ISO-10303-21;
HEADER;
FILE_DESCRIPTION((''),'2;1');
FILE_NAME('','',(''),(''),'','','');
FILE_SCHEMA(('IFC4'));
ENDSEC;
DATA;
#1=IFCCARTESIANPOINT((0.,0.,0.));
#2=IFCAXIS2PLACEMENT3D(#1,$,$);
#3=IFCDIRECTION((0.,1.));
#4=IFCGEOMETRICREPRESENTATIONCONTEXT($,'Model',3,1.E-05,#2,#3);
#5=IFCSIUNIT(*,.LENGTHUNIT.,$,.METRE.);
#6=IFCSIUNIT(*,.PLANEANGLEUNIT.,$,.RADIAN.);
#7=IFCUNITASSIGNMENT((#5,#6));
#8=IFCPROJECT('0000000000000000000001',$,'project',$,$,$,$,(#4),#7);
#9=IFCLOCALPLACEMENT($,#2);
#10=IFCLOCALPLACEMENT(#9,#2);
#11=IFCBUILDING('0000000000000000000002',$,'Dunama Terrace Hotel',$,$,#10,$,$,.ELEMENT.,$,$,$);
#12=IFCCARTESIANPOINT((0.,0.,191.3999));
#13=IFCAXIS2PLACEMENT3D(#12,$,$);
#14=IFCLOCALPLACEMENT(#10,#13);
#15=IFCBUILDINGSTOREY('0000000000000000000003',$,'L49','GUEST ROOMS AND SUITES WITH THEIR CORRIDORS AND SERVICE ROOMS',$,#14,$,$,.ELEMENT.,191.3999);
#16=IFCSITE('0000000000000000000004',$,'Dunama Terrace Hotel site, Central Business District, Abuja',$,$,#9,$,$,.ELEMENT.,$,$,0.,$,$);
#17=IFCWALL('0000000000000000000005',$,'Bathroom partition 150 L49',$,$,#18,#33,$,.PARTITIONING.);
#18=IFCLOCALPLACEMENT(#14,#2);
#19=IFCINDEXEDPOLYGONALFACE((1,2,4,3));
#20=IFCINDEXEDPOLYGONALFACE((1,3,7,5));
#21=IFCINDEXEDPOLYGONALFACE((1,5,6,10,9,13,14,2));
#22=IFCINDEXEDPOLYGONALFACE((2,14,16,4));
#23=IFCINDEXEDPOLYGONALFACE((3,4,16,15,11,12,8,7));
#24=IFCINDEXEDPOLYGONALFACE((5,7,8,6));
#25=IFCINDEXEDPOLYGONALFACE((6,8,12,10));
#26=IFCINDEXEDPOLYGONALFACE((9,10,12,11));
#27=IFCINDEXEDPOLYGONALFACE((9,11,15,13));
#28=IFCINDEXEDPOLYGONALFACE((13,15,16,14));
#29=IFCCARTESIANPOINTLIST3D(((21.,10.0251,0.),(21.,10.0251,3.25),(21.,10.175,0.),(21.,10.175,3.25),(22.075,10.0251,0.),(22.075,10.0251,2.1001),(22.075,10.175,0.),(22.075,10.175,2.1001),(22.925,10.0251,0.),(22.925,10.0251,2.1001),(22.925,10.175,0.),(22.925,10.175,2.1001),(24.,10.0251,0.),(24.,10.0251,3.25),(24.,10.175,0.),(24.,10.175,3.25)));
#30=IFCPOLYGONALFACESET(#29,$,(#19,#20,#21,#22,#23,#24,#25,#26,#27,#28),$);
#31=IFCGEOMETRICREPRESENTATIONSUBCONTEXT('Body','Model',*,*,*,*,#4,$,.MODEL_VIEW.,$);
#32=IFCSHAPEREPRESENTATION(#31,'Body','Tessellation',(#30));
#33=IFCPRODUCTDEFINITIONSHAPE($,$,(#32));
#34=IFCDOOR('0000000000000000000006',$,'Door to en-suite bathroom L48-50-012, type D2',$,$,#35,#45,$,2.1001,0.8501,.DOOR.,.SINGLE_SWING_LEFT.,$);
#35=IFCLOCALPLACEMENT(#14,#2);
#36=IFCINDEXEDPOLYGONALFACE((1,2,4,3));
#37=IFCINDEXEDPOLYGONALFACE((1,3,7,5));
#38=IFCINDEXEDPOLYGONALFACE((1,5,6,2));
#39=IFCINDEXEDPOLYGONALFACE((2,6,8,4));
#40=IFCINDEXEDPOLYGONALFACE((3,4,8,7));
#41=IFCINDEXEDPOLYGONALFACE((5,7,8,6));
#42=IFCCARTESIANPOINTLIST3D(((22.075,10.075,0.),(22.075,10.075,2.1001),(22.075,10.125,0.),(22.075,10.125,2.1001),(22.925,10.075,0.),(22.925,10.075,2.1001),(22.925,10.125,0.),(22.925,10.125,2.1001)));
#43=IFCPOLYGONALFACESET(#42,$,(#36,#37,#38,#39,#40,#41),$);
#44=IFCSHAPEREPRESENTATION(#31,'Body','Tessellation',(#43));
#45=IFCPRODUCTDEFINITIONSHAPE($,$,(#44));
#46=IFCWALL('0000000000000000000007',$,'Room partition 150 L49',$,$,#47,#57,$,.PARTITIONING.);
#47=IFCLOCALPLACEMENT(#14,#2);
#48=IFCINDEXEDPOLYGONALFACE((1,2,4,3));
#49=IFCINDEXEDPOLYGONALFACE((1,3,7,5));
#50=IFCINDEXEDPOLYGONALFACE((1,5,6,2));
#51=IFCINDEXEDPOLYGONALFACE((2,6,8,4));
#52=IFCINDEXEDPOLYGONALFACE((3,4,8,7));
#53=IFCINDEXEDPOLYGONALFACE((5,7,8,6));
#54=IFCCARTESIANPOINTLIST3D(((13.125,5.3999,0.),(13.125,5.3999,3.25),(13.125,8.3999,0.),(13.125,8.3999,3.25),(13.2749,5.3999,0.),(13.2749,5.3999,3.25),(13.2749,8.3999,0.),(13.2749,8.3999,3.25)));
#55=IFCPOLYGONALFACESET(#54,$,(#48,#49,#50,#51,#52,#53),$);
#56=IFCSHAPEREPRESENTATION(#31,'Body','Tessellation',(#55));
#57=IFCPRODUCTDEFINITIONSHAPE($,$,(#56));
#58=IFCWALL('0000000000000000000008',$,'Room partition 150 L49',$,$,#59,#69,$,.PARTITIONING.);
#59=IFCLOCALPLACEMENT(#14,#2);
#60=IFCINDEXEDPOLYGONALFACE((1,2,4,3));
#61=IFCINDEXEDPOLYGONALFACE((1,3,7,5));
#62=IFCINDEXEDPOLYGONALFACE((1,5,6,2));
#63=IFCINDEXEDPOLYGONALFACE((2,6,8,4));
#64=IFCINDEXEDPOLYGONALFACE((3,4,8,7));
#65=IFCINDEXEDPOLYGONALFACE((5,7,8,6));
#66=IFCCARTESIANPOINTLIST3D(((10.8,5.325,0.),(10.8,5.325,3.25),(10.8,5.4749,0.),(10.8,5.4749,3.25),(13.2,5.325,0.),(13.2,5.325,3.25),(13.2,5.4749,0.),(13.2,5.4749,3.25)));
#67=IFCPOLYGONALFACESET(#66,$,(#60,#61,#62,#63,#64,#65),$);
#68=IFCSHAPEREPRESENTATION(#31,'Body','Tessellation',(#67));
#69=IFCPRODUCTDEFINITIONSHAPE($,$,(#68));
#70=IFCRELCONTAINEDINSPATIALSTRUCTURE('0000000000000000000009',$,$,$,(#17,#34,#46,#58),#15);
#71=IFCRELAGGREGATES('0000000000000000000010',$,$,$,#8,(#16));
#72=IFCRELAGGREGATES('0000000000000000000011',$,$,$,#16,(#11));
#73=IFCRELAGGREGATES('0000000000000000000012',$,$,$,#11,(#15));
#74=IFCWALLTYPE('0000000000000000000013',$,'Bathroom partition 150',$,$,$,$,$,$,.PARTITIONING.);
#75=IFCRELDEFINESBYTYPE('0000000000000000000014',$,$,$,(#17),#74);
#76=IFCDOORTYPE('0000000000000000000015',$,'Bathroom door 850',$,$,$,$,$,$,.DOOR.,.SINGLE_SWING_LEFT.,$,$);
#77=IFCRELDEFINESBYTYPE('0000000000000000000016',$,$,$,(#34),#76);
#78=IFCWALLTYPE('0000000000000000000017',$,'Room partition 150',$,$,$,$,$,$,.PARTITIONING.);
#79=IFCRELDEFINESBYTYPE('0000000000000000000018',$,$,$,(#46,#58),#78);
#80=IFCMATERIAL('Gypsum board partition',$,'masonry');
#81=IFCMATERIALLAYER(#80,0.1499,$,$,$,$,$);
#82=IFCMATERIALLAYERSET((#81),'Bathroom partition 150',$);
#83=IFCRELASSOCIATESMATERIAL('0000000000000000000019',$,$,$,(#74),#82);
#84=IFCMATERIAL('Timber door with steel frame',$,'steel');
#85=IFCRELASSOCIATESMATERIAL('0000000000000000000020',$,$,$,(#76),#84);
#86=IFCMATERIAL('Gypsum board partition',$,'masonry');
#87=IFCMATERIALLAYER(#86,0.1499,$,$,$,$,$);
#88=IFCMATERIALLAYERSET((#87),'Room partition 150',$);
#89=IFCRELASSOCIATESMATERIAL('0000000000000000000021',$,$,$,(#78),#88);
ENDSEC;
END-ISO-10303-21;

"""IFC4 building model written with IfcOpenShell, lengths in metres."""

from ifc_helpers import new_model, si_unit, direction, frame, frame_2d, origin, place, context, subcontext, project, spatial, rectangle, extrude, material, layer, layer_set, type_object, element, fill, save


model = new_model("IFC4")

# Units and contexts
model_context = context("Model", 3, precision=1e-05, world=origin(), true_north=direction((0.0, 1.0)))
body_context = subcontext(model_context, "Body", "Model", "MODEL_VIEW")
ifc_project = project(units=[si_unit("LENGTHUNIT", "METRE"), si_unit("PLANEANGLEUNIT", "RADIAN")], contexts=[model_context])

# Site, building, storey
site_placement = place(None, origin())
site = spatial("IfcSite", under=ifc_project, at=site_placement, Name="Dunama Terrace Hotel site, Central Business District, Abuja", CompositionType="ELEMENT", RefElevation=0.0)
building_placement = place(site_placement, origin())
building = spatial("IfcBuilding", under=site, at=building_placement, Name="Dunama Terrace Hotel", CompositionType="ELEMENT")
storey_placement = place(building_placement, frame((0.0, 0.0, 191.3999)))
storey = spatial("IfcBuildingStorey", under=building, at=storey_placement, Name="L49", Description="GUEST ROOMS AND SUITES WITH THEIR CORRIDORS AND SERVICE ROOMS", CompositionType="ELEMENT", Elevation=191.3999)

# Shared definitions
ifc_material_1 = material(Name="Gypsum board partition", Category="masonry")
ifc_layer_1 = layer(ifc_material_1, 0.1499)
ifc_layer_set_1 = layer_set([ifc_layer_1], Name="Bathroom partition 150")
wall_type_1 = type_object("IfcWallType", Name="Bathroom partition 150", PredefinedType="PARTITIONING", material=ifc_layer_set_1)
ifc_material_2 = material(Name="Timber door with steel frame", Category="steel")
door_type = type_object("IfcDoorType", Name="Bathroom door 850", OperationType="SINGLE_SWING_LEFT", PredefinedType="DOOR", material=ifc_material_2)

# Wall, opening, door
wall_1_placement = place(storey_placement, frame((21.0, 10.1001, 0.0), z_axis=(0.0, 0.0, 1.0), x_axis=(1.0, 0.0, 0.0)))
wall_1 = element("IfcWall", 1, at=wall_1_placement, inside=storey, type_object=wall_type_1, Name="Bathroom partition 150 L49", PredefinedType="PARTITIONING", context=body_context, shape_type="SweptSolid", body=[
    extrude(rectangle(XDim=3.0, YDim=0.1499, at=frame_2d((1.5, 0.0))), origin(), (0.0, 0.0, 1.0), 3.25),
])
opening_1_placement = place(wall_1_placement, frame((1.075, 0.0, 0.0)))
opening_1 = element("IfcOpeningElement", 2, at=opening_1_placement, cuts=wall_1, PredefinedType="OPENING", context=body_context, shape_type="SweptSolid", body=[
    extrude(rectangle(XDim=0.8501, YDim=2.1001, at=frame_2d((0.425, 1.05))), frame((0.0, 0.085, 0.0), z_axis=(0.0, -1.0, 0.0), x_axis=(1.0, 0.0, 0.0)), (0.0, 0.0, 1.0), 0.1699),
])
door_1_placement = place(opening_1_placement, origin())
door_1 = element("IfcDoor", 3, at=door_1_placement, inside=storey, type_object=door_type, Name="Door to en-suite bathroom L48-50-012, type D2", OperationType="SINGLE_SWING_LEFT", OverallHeight=2.1001, OverallWidth=0.8501, PredefinedType="DOOR", context=body_context, shape_type="SweptSolid", body=[
    extrude(rectangle(XDim=0.8501, YDim=2.1001, at=frame_2d((0.425, 1.05))), frame((0.0, 0.0249, 0.0), z_axis=(0.0, -1.0, 0.0), x_axis=(1.0, 0.0, 0.0)), (0.0, 0.0, 1.0), 0.05),
])
fill(opening_1, door_1)

# Walls
ifc_material_3 = material(Name="Gypsum board partition", Category="masonry")
ifc_layer_2 = layer(ifc_material_3, 0.1499)
ifc_layer_set_2 = layer_set([ifc_layer_2], Name="Room partition 150")
wall_type_2 = type_object("IfcWallType", Name="Room partition 150", PredefinedType="PARTITIONING", material=ifc_layer_set_2)
wall_2_placement = place(storey_placement, frame((13.2, 5.3999, 0.0), z_axis=(0.0, 0.0, 1.0), x_axis=(0.0, 1.0, 0.0)))
element("IfcWall", 4, at=wall_2_placement, inside=storey, type_object=wall_type_2, Name="Room partition 150 L49", PredefinedType="PARTITIONING", context=body_context, shape_type="SweptSolid", body=[
    extrude(rectangle(XDim=3.0, YDim=0.1499, at=frame_2d((1.5, 0.0))), origin(), (0.0, 0.0, 1.0), 3.25),
])
wall_3_placement = place(storey_placement, frame((10.8, 5.3999, 0.0), z_axis=(0.0, 0.0, 1.0), x_axis=(1.0, 0.0, 0.0)))
element("IfcWall", 5, at=wall_3_placement, inside=storey, type_object=wall_type_2, Name="Room partition 150 L49", PredefinedType="PARTITIONING", context=body_context, shape_type="SweptSolid", body=[
    extrude(rectangle(XDim=2.3999, YDim=0.1499, at=frame_2d((1.2, 0.0))), origin(), (0.0, 0.0, 1.0), 3.25),
])

save(model, "model.ifc")
